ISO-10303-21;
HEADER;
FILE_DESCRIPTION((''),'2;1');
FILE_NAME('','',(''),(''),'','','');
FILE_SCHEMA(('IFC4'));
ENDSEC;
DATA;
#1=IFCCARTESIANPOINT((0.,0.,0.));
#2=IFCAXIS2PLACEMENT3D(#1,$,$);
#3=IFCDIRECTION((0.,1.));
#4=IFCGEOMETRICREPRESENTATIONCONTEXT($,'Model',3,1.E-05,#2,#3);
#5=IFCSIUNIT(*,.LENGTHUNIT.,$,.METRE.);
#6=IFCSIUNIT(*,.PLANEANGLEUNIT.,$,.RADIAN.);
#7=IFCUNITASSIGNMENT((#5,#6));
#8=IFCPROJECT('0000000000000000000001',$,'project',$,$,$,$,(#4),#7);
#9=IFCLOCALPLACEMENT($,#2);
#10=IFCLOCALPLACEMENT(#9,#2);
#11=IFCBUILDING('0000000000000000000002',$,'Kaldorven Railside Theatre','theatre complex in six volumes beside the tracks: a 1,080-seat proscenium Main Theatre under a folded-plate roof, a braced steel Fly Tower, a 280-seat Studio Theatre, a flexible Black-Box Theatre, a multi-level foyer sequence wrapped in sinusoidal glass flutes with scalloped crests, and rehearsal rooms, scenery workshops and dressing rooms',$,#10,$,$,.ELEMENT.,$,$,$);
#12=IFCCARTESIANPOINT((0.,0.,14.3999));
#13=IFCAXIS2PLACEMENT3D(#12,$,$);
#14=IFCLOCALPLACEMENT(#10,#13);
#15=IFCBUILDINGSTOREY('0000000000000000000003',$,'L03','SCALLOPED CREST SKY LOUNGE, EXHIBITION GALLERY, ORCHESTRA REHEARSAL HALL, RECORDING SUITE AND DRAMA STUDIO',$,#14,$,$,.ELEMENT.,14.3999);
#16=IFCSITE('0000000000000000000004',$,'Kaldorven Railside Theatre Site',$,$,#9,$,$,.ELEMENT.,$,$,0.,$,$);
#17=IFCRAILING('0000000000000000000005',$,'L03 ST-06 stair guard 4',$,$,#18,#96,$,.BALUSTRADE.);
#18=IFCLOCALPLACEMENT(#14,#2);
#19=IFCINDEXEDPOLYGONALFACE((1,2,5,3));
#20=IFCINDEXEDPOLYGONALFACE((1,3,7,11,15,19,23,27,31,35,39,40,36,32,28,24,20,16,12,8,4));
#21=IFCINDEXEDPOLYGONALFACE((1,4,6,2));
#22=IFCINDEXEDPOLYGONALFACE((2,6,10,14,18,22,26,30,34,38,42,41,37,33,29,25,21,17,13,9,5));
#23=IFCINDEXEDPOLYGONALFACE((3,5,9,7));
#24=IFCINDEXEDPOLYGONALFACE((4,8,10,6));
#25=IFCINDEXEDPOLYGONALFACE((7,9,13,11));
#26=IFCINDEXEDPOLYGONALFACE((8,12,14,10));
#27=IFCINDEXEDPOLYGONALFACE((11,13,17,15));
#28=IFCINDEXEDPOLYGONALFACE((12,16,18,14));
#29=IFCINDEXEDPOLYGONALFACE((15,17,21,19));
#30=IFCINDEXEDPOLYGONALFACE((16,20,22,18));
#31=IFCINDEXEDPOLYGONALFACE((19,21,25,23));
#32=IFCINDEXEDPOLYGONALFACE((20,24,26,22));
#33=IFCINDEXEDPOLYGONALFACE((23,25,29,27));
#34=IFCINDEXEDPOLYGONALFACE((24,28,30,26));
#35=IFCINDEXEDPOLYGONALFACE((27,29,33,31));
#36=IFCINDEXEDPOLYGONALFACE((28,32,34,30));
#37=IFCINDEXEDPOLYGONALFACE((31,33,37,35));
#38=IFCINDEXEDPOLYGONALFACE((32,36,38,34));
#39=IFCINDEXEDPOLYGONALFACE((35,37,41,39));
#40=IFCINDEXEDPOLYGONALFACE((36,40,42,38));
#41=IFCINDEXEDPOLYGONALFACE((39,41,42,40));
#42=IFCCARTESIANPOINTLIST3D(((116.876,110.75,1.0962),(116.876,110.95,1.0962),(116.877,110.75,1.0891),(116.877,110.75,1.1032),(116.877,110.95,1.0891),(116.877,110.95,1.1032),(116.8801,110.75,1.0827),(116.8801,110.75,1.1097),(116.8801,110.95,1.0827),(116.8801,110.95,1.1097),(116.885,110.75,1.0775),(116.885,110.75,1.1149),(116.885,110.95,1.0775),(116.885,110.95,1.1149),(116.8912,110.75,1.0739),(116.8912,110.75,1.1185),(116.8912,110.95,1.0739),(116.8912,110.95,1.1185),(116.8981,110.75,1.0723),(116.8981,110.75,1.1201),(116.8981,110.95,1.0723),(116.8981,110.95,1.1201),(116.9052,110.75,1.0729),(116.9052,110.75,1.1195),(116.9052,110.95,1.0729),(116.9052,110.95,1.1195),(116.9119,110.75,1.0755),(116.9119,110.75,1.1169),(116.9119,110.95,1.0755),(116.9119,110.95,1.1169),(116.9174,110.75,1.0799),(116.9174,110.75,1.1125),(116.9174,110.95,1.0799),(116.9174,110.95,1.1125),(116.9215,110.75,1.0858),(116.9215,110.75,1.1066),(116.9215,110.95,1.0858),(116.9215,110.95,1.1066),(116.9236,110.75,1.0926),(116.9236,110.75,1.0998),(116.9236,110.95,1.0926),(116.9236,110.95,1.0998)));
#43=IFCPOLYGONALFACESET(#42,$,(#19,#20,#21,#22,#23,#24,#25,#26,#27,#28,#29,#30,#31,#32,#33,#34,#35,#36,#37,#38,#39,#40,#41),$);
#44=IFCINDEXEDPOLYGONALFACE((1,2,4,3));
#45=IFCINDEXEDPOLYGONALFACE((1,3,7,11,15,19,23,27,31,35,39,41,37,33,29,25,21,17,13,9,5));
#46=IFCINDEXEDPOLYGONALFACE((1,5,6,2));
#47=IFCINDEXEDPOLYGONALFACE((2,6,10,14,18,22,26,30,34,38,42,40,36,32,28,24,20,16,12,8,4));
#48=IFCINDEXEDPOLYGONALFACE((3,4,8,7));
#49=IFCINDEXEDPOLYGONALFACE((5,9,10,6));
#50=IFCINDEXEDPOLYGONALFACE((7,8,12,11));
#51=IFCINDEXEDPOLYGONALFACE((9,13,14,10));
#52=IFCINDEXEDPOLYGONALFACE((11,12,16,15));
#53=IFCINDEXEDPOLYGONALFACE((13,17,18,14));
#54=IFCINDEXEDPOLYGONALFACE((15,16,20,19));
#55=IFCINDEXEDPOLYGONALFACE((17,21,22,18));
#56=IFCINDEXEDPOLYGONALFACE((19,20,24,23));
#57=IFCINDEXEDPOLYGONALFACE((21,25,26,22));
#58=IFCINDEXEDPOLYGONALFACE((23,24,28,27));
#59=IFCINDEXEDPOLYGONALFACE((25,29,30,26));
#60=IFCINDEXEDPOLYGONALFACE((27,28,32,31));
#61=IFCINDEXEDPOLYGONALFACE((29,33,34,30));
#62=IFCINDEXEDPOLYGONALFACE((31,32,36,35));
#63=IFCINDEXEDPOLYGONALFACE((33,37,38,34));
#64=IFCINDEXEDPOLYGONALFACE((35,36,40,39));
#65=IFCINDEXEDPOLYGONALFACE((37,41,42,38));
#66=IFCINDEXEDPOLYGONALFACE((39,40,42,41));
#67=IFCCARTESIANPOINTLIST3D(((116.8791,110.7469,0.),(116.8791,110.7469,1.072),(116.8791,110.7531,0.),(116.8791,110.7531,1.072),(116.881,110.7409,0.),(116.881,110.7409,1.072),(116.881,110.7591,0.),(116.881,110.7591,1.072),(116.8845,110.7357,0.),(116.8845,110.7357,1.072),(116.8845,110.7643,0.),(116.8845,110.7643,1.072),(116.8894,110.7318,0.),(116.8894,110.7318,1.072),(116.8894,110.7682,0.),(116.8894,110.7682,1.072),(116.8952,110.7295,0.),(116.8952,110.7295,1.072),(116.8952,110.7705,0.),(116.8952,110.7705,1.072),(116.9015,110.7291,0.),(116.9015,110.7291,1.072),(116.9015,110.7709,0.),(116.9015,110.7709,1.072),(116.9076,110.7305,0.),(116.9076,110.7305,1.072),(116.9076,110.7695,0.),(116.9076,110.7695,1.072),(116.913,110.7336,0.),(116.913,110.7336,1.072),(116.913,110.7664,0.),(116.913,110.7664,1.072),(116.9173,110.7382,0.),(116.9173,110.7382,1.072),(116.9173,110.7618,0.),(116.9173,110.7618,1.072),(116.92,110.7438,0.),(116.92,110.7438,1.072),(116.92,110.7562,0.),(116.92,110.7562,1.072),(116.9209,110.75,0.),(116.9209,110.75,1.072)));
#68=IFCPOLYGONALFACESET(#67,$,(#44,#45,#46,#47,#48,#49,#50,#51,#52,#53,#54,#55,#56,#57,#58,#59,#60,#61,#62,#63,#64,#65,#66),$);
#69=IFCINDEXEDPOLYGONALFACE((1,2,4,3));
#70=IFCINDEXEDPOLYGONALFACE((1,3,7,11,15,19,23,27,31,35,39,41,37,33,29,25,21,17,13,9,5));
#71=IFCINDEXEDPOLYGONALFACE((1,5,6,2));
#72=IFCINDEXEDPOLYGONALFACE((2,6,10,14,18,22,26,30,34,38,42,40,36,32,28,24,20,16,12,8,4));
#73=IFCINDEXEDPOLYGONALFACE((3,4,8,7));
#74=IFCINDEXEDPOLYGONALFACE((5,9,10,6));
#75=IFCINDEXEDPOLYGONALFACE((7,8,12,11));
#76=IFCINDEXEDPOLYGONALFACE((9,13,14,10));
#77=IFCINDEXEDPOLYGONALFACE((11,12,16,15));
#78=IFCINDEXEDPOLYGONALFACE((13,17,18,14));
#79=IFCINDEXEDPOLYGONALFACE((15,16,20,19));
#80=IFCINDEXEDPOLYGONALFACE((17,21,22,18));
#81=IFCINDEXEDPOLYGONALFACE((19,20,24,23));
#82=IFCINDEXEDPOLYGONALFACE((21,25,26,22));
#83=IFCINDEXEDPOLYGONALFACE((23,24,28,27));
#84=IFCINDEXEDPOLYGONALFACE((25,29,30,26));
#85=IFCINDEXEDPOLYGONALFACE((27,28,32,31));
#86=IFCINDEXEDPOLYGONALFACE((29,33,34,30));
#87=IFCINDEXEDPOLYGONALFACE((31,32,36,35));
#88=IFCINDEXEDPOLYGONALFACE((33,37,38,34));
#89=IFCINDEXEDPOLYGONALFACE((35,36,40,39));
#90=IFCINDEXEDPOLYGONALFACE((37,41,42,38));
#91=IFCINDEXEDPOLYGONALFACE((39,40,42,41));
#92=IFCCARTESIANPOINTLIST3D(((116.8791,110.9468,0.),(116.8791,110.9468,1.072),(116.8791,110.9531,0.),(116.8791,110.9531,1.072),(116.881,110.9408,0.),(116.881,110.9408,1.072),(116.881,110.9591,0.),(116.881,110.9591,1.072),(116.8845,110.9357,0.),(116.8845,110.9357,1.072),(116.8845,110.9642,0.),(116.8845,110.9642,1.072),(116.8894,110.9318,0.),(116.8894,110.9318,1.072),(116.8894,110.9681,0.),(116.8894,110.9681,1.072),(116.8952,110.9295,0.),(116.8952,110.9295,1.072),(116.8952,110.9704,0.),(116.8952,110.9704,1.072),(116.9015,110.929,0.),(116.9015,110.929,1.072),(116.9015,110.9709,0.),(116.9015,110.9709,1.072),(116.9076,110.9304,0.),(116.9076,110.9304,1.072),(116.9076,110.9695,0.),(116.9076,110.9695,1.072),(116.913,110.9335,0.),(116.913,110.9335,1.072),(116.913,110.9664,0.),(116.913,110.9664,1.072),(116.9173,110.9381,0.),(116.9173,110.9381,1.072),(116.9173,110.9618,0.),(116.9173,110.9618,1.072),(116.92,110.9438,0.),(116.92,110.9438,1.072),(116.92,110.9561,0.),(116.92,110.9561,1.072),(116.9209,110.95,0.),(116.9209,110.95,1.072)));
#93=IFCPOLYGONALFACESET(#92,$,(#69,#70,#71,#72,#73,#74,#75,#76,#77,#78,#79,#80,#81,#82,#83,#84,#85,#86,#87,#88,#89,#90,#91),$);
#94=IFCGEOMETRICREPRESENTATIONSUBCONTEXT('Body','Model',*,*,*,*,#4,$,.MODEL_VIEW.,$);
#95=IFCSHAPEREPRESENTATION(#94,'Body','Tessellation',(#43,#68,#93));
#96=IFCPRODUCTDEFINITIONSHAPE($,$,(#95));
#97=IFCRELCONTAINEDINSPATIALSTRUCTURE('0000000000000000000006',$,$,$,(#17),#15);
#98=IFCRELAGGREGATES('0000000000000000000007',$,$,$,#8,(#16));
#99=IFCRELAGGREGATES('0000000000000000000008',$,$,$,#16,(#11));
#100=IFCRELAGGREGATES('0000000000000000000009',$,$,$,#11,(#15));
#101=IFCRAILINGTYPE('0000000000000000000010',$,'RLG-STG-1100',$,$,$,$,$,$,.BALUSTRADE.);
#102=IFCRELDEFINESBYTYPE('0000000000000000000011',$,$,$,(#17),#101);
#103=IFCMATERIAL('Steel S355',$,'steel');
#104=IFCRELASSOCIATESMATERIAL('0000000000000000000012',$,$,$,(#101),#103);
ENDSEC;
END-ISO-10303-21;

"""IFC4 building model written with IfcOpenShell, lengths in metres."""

from ifc_helpers import new_model, si_unit, direction, frame, origin, origin_2d, place, context, subcontext, project, spatial, circle, extrude, material, type_object, element, save


model = new_model("IFC4")

# Units and contexts
model_context = context("Model", 3, precision=1e-05, world=origin(), true_north=direction((0.0, 1.0)))
body_context = subcontext(model_context, "Body", "Model", "MODEL_VIEW")
ifc_project = project(units=[si_unit("LENGTHUNIT", "METRE"), si_unit("PLANEANGLEUNIT", "RADIAN")], contexts=[model_context])

# Site, building, storey
site_placement = place(None, origin())
site = spatial("IfcSite", under=ifc_project, at=site_placement, Name="Kaldorven Railside Theatre Site", CompositionType="ELEMENT", RefElevation=0.0)
building_placement = place(site_placement, origin())
building = spatial("IfcBuilding", under=site, at=building_placement, Name="Kaldorven Railside Theatre", Description="theatre complex in six volumes beside the tracks: a 1,080-seat proscenium Main Theatre under a folded-plate roof, a braced steel Fly Tower, a 280-seat Studio Theatre, a flexible Black-Box Theatre, a multi-level foyer sequence wrapped in sinusoidal glass flutes with scalloped crests, and rehearsal rooms, scenery workshops and dressing rooms", CompositionType="ELEMENT")
storey_placement = place(building_placement, frame((0.0, 0.0, 14.3999)))
storey = spatial("IfcBuildingStorey", under=building, at=storey_placement, Name="L03", Description="SCALLOPED CREST SKY LOUNGE, EXHIBITION GALLERY, ORCHESTRA REHEARSAL HALL, RECORDING SUITE AND DRAMA STUDIO", CompositionType="ELEMENT", Elevation=14.3999)

# Shared definitions
ifc_material_1 = material(Name="Steel S355", Category="steel")

# Railing
railing_type_1 = type_object("IfcRailingType", Name="RLG-STG-1100", PredefinedType="BALUSTRADE", material=ifc_material_1)
railing_1_placement = place(storey_placement, frame((116.8999, 110.75, 0.0)))
element("IfcRailing", 1, at=railing_1_placement, inside=storey, type_object=railing_type_1, Name="L03 ST-06 stair guard 4", PredefinedType="BALUSTRADE", context=body_context, shape_type="SweptSolid", body=[
    extrude(circle(Radius=0.0239, at=origin_2d()), frame((0.0, 0.0, 1.0962), z_axis=(0.0, 1.0, 0.0), x_axis=(-1.0, 0.0, 0.0)), (0.0, 0.0, 1.0), 0.2),
    extrude(circle(Radius=0.021, at=origin_2d()), origin(), (0.0, 0.0, 1.0), 1.072),
    extrude(circle(Radius=0.021, at=origin_2d()), frame((0.0, 0.2, 0.0)), (0.0, 0.0, 1.0), 1.072),
])

save(model, "model.ifc")
